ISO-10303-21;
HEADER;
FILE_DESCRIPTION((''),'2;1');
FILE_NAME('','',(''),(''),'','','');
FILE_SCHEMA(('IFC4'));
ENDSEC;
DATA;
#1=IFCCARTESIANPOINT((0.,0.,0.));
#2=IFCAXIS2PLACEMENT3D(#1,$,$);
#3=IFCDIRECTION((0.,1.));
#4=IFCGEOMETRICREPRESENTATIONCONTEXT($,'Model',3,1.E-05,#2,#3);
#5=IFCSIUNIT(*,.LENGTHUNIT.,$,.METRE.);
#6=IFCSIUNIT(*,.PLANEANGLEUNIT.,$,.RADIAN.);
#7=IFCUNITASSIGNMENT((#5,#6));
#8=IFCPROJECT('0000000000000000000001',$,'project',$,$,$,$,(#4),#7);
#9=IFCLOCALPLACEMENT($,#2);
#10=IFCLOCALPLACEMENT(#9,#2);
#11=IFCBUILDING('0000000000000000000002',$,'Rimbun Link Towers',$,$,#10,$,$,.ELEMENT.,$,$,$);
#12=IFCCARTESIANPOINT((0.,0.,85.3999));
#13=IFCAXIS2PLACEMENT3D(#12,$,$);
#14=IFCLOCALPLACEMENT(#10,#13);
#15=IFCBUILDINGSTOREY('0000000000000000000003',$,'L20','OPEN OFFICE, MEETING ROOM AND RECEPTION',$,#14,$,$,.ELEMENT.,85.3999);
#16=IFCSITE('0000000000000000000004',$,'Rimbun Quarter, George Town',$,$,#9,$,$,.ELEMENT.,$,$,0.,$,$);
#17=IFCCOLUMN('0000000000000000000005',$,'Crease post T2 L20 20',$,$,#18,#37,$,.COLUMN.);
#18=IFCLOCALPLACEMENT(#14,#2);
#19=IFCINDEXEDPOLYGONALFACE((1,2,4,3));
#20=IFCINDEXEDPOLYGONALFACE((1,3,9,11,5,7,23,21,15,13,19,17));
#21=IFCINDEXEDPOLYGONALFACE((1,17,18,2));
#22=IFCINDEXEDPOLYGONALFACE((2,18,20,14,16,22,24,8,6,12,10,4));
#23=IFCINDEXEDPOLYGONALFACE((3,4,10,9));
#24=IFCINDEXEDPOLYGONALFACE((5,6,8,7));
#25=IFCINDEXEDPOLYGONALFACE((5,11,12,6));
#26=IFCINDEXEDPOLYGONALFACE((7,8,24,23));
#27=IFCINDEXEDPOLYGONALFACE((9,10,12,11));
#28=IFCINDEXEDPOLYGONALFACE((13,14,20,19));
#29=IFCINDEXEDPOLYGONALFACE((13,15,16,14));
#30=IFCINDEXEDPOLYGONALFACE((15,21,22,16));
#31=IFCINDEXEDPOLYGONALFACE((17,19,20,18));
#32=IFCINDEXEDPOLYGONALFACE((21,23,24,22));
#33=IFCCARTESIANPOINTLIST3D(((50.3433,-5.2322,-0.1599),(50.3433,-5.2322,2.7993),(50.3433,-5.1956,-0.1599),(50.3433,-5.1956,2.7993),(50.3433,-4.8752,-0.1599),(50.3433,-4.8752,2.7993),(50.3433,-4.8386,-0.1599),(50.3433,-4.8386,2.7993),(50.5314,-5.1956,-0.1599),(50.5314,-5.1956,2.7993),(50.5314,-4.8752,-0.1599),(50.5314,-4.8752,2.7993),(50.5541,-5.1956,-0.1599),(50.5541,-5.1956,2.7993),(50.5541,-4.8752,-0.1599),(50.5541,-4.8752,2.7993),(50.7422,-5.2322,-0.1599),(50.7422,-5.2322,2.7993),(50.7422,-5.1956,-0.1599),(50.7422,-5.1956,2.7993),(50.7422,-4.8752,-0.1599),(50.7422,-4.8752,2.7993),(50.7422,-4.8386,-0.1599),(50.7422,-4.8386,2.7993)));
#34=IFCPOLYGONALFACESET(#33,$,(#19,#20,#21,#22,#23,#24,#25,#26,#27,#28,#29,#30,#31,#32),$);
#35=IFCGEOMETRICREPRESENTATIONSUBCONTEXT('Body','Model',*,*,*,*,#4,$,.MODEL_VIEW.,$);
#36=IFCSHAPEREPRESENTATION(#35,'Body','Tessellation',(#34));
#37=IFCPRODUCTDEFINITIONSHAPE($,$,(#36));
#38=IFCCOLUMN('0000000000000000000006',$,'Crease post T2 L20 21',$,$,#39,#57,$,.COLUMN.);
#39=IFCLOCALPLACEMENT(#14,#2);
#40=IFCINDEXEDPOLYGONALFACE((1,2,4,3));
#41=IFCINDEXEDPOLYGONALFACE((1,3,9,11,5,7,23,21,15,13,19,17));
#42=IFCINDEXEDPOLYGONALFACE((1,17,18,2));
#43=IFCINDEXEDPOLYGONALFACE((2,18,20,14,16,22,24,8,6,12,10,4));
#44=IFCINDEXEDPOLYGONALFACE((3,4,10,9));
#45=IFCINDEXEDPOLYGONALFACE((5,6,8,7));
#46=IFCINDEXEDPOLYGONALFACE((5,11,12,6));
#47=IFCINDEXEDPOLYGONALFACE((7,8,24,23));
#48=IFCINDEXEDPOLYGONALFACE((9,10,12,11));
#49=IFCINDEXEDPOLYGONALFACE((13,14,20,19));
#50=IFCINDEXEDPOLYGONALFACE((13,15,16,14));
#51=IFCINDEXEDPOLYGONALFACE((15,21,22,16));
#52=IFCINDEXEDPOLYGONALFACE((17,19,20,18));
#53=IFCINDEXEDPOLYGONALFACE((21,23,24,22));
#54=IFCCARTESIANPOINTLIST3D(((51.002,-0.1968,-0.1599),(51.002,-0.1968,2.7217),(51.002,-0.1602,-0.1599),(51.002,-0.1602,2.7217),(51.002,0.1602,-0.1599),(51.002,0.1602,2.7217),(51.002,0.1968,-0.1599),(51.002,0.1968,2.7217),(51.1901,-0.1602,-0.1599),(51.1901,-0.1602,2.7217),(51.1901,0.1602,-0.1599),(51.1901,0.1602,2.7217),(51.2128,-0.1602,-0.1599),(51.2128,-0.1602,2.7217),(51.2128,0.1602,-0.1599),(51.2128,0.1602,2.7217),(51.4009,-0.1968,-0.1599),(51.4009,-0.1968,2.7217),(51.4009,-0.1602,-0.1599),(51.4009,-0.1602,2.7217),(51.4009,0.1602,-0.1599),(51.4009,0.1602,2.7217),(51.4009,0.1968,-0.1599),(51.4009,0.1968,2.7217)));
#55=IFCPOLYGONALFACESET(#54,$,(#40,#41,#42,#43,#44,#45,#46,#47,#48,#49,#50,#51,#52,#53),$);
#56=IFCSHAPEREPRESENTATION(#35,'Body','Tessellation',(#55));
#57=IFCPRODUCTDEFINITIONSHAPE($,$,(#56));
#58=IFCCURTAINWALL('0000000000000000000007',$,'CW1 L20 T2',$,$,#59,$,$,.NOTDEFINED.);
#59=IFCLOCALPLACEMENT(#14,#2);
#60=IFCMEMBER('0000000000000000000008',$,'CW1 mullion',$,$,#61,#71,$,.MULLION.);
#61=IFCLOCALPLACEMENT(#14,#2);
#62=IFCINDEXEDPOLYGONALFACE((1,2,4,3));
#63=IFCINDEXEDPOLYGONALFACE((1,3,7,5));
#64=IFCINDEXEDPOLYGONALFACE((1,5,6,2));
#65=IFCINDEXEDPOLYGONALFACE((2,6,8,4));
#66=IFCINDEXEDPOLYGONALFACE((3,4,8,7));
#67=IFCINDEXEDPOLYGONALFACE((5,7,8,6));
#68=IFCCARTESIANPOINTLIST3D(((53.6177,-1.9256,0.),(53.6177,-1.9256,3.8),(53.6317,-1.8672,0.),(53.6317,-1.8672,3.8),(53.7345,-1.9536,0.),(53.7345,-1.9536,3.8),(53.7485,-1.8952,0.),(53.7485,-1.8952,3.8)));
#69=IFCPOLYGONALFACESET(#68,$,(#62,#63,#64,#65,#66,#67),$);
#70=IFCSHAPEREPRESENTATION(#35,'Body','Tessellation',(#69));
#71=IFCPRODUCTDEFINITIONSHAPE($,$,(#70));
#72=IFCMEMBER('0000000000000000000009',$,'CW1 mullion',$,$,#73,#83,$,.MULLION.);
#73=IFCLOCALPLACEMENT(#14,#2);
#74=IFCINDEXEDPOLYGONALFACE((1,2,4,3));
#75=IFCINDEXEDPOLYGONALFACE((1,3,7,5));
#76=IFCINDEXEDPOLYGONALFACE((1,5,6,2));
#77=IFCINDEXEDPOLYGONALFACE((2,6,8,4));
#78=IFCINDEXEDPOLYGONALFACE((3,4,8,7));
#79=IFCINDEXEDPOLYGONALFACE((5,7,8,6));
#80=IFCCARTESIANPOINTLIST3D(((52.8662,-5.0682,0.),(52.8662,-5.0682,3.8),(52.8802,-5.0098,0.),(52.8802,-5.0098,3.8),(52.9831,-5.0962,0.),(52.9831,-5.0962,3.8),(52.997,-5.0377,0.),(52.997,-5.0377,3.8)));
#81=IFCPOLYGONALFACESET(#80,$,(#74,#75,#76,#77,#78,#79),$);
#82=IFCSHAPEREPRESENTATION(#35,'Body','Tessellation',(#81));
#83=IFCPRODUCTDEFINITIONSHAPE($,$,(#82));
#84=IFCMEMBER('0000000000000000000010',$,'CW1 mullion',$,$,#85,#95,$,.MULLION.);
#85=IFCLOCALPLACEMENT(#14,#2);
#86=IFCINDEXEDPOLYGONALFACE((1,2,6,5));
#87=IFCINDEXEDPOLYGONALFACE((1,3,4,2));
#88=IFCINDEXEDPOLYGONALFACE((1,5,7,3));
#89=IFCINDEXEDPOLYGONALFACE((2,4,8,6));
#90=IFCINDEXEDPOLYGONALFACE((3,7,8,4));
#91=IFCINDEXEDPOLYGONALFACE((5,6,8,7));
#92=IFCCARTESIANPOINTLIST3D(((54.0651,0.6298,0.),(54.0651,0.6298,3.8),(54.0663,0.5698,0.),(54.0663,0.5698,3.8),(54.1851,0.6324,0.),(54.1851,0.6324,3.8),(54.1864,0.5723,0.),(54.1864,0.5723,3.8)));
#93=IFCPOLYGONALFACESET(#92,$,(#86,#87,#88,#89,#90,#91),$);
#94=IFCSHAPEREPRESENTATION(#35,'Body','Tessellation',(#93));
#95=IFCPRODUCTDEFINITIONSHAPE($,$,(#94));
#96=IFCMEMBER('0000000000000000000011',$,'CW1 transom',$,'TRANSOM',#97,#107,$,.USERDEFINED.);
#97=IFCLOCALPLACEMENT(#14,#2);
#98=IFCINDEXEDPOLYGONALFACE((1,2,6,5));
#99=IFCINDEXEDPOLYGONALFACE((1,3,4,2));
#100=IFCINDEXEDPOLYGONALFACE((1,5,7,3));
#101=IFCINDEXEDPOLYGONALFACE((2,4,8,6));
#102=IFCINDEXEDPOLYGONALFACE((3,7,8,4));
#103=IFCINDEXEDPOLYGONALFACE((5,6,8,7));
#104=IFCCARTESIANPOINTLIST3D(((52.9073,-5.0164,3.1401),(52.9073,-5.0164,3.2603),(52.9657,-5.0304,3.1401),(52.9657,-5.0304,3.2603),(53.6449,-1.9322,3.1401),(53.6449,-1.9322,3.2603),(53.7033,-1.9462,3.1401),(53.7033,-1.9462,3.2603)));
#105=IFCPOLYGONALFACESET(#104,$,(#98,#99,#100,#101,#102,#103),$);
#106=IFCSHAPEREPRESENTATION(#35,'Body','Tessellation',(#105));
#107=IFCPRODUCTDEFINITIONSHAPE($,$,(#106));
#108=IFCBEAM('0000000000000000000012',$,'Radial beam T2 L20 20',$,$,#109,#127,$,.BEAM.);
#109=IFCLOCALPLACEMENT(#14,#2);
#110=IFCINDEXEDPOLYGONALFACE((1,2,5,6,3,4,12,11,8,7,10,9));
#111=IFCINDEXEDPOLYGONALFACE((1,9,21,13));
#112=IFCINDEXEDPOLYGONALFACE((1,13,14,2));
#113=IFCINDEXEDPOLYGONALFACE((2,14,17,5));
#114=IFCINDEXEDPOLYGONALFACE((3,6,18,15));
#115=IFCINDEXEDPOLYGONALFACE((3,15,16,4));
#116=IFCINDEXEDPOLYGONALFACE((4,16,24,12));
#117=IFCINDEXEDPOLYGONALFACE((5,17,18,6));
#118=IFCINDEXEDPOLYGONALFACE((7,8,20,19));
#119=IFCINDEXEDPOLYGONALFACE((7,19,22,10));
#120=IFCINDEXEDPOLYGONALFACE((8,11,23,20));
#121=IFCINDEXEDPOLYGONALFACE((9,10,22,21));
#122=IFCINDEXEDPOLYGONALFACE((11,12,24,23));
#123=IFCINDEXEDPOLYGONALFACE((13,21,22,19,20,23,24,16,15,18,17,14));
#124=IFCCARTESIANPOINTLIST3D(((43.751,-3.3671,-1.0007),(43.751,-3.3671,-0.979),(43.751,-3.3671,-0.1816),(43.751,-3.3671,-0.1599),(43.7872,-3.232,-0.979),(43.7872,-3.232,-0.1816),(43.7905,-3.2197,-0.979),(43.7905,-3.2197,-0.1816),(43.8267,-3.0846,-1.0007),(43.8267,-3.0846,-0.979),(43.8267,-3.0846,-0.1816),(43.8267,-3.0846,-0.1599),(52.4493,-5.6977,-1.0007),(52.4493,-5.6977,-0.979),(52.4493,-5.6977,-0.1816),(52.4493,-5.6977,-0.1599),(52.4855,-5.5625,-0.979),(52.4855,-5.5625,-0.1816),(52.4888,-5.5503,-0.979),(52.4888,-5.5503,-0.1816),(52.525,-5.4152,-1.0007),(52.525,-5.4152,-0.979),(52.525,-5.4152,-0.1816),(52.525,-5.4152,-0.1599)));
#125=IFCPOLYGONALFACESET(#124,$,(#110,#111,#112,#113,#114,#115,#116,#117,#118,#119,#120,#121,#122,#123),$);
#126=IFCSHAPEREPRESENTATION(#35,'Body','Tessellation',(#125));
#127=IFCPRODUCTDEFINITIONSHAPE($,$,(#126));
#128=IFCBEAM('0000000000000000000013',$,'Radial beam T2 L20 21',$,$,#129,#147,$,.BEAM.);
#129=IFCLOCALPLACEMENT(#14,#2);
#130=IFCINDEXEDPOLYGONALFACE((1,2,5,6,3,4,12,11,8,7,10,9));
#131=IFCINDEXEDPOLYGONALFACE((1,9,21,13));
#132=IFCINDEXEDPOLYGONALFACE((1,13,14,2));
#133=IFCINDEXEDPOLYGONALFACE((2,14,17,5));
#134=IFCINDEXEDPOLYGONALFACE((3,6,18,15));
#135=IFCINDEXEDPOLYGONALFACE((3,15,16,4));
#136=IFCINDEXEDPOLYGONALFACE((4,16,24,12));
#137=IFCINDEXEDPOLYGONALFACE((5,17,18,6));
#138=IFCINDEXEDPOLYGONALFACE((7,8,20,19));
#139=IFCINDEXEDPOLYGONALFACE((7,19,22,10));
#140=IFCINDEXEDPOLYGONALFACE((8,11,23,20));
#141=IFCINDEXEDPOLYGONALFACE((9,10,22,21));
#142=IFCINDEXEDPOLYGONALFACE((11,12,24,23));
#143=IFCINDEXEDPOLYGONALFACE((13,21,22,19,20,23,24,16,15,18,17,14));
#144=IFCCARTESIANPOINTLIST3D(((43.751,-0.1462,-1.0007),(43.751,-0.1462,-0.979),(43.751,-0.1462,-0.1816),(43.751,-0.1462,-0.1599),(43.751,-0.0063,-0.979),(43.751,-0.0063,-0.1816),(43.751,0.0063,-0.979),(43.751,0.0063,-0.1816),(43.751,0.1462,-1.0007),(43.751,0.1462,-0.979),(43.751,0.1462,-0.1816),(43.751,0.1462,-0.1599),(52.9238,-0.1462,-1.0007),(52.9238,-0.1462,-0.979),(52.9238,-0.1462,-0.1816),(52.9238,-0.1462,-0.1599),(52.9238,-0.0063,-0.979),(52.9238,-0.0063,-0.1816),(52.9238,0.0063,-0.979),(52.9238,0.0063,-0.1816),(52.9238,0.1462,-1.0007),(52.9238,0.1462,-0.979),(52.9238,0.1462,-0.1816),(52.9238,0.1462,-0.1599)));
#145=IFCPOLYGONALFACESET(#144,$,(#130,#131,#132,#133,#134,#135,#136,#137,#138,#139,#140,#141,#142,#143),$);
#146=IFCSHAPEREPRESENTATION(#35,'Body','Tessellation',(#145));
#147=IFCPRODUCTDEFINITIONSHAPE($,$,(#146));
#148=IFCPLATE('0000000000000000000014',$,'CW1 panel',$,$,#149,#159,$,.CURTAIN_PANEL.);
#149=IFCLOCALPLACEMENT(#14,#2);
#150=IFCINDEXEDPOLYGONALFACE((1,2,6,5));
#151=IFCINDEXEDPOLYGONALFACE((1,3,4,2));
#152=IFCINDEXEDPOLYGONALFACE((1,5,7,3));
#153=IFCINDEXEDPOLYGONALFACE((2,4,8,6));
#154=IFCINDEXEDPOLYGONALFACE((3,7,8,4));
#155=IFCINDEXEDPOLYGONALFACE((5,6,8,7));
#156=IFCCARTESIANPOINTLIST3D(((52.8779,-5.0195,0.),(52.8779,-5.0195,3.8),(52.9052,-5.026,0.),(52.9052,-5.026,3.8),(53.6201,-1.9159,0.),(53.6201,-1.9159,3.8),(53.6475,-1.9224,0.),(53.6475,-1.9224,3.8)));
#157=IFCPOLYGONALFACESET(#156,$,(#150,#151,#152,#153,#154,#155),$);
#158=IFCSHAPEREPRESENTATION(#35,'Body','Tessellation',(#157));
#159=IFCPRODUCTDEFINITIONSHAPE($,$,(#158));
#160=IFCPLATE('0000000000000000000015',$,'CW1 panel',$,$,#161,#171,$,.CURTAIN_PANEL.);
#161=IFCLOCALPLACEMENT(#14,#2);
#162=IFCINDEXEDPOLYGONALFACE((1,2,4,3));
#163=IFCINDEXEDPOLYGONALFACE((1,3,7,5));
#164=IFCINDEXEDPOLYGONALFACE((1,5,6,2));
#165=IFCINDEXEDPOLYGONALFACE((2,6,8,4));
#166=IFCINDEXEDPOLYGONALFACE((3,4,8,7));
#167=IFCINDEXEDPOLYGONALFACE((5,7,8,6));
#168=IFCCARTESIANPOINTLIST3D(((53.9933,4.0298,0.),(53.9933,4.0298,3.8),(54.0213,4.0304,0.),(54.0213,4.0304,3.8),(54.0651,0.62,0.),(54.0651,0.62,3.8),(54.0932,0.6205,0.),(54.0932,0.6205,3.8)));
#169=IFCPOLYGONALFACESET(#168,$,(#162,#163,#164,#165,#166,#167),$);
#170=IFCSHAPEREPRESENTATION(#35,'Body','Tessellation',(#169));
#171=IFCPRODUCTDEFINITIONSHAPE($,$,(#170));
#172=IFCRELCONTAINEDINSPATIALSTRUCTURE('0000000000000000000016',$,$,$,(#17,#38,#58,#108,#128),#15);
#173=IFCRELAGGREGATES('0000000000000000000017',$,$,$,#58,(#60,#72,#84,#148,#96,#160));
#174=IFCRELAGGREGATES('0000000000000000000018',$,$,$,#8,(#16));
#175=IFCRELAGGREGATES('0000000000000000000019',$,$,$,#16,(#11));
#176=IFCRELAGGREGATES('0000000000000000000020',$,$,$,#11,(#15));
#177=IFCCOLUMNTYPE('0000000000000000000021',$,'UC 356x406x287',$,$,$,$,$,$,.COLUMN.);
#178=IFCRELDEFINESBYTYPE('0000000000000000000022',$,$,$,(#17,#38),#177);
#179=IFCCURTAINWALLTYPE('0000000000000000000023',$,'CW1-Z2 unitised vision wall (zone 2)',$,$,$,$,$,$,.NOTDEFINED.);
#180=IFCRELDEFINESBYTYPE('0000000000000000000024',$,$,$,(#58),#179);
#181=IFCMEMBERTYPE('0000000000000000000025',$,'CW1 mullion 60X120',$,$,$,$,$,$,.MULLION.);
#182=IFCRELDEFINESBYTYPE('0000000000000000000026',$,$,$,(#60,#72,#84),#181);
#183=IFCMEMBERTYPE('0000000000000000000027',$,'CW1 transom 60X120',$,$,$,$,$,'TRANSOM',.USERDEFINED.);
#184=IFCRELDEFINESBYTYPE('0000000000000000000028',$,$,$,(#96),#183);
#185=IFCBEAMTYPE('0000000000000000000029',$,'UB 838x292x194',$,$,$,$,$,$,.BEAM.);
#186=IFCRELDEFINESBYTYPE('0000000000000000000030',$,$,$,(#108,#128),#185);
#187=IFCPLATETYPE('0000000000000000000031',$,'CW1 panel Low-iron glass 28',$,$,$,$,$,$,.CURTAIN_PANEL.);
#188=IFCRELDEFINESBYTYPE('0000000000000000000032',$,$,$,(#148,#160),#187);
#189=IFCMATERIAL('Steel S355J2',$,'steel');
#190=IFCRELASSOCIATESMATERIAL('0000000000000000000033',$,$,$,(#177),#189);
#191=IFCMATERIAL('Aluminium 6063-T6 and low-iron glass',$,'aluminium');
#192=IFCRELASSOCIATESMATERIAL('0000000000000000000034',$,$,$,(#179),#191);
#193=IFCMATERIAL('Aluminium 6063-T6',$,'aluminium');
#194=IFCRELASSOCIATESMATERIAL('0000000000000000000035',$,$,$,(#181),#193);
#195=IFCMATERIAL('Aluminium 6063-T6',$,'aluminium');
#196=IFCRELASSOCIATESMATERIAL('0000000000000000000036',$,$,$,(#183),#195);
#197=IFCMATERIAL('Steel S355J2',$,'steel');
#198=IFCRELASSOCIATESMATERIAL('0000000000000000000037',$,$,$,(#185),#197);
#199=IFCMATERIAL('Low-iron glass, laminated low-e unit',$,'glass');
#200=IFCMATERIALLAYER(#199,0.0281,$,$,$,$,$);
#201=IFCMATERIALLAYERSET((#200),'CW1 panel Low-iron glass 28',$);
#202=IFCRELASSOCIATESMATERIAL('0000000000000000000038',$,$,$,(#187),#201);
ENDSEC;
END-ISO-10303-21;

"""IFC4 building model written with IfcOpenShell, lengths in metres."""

from ifc_helpers import new_model, si_unit, direction, frame, origin, origin_2d, place, context, subcontext, project, spatial, rectangle, i_section, extrude, material, layer, layer_set, material_profile, profile_set, type_object, element, aggregate, save


model = new_model("IFC4")

# Units and contexts
model_context = context("Model", 3, precision=1e-05, world=origin(), true_north=direction((0.0, 1.0)))
body_context = subcontext(model_context, "Body", "Model", "MODEL_VIEW")
ifc_project = project(units=[si_unit("LENGTHUNIT", "METRE"), si_unit("PLANEANGLEUNIT", "RADIAN")], contexts=[model_context])

# Site, building, storey
site_placement = place(None, origin())
site = spatial("IfcSite", under=ifc_project, at=site_placement, Name="Rimbun Quarter, George Town", CompositionType="ELEMENT", RefElevation=0.0)
building_placement = place(site_placement, origin())
building = spatial("IfcBuilding", under=site, at=building_placement, Name="Rimbun Link Towers", CompositionType="ELEMENT")
storey_placement = place(building_placement, frame((0.0, 0.0, 85.3999)))
storey = spatial("IfcBuildingStorey", under=building, at=storey_placement, Name="L20", Description="OPEN OFFICE, MEETING ROOM AND RECEPTION", CompositionType="ELEMENT", Elevation=85.3999)

# Columns
ifc_material_1 = material(Name="Steel S355J2", Category="steel")
ifc_material_profile_1 = material_profile(ifc_material_1, i_section(OverallWidth=0.3989, OverallDepth=0.3936, WebThickness=0.0227, FlangeThickness=0.0366, at=origin_2d()), Name="UC 356x406x287")
ifc_profile_set_1 = profile_set([ifc_material_profile_1], Name="Steel S355J2")
column_type = type_object("IfcColumnType", Name="UC 356x406x287", PredefinedType="COLUMN", material=ifc_profile_set_1)
column_1_placement = place(storey_placement, frame((50.5427, -5.0354, -0.1599), z_axis=(0.0, 0.0, 1.0), x_axis=(1.0, 0.0, 0.0)))
element("IfcColumn", 1, at=column_1_placement, inside=storey, type_object=column_type, Name="Crease post T2 L20 20", PredefinedType="COLUMN", context=body_context, shape_type="SweptSolid", body=[
    extrude(i_section(OverallWidth=0.3989, OverallDepth=0.3936, WebThickness=0.0227, FlangeThickness=0.0366, at=origin_2d()), origin(), (0.0, 0.0, 1.0), 2.9592),
])
column_2_placement = place(storey_placement, frame((51.2014, 0.0, -0.1599), z_axis=(0.0, 0.0, 1.0), x_axis=(1.0, 0.0, 0.0)))
element("IfcColumn", 2, at=column_2_placement, inside=storey, type_object=column_type, Name="Crease post T2 L20 21", PredefinedType="COLUMN", context=body_context, shape_type="SweptSolid", body=[
    extrude(i_section(OverallWidth=0.3989, OverallDepth=0.3936, WebThickness=0.0227, FlangeThickness=0.0366, at=origin_2d()), origin(), (0.0, 0.0, 1.0), 2.8816),
])

# Curtain wall, members
ifc_material_2 = material(Name="Aluminium 6063-T6 and low-iron glass", Category="aluminium")
curtain_wall_type = type_object("IfcCurtainWallType", Name="CW1-Z2 unitised vision wall (zone 2)", PredefinedType="NOTDEFINED", material=ifc_material_2)
curtain_wall_placement = place(storey_placement, origin())
curtain_wall = element("IfcCurtainWall", 3, at=curtain_wall_placement, inside=storey, type_object=curtain_wall_type, Name="CW1 L20 T2", PredefinedType="NOTDEFINED")
ifc_material_3 = material(Name="Aluminium 6063-T6", Category="aluminium")
ifc_material_profile_2 = material_profile(ifc_material_3, rectangle(XDim=0.1201, YDim=0.0601, at=origin_2d()), Name="MULLION 60X120")
ifc_profile_set_2 = profile_set([ifc_material_profile_2], Name="Aluminium 6063-T6")
member_type_1 = type_object("IfcMemberType", Name="CW1 mullion 60X120", PredefinedType="MULLION", material=ifc_profile_set_2)
member_1_placement = place(storey_placement, frame((53.6831, -1.9104, 0.0), z_axis=(0.0, 0.0, 1.0), x_axis=(0.972576, -0.232584, 0.0)))
member_1 = element("IfcMember", 4, at=member_1_placement, type_object=member_type_1, Name="CW1 mullion", PredefinedType="MULLION", context=body_context, shape_type="SweptSolid", body=[
    extrude(rectangle(XDim=0.1201, YDim=0.0601, at=origin_2d()), origin(), (0.0, 0.0, 1.0), 3.8),
])
member_2_placement = place(storey_placement, frame((52.9316, -5.053, 0.0), z_axis=(0.0, 0.0, 1.0), x_axis=(0.972576, -0.232584, 0.0)))
member_2 = element("IfcMember", 5, at=member_2_placement, type_object=member_type_1, Name="CW1 mullion", PredefinedType="MULLION", context=body_context, shape_type="SweptSolid", body=[
    extrude(rectangle(XDim=0.1201, YDim=0.0601, at=origin_2d()), origin(), (0.0, 0.0, 1.0), 3.8),
])
member_3_placement = place(storey_placement, frame((54.1257, 0.6011, 0.0), z_axis=(0.0, 0.0, 1.0), x_axis=(0.999778, 0.021057, 0.0)))
member_3 = element("IfcMember", 6, at=member_3_placement, type_object=member_type_1, Name="CW1 mullion", PredefinedType="MULLION", context=body_context, shape_type="SweptSolid", body=[
    extrude(rectangle(XDim=0.1201, YDim=0.0601, at=origin_2d()), origin(), (0.0, 0.0, 1.0), 3.8),
])
ifc_material_4 = material(Name="Aluminium 6063-T6", Category="aluminium")
ifc_material_profile_3 = material_profile(ifc_material_4, rectangle(XDim=0.0601, YDim=0.1201, at=origin_2d()), Name="TRANSOM 60X120")
ifc_profile_set_3 = profile_set([ifc_material_profile_3], Name="Aluminium 6063-T6")
member_type_2 = type_object("IfcMemberType", Name="CW1 transom 60X120", ElementType="TRANSOM", PredefinedType="USERDEFINED", material=ifc_profile_set_3)
member_4_placement = place(storey_placement, frame((53.6741, -1.9392, 3.2002), z_axis=(-0.232578, -0.972578, 0.0), x_axis=(0.972578, -0.232578, 0.0)))
member_4 = element("IfcMember", 7, at=member_4_placement, type_object=member_type_2, Name="CW1 transom", ObjectType="TRANSOM", PredefinedType="USERDEFINED", context=body_context, shape_type="SweptSolid", body=[
    extrude(rectangle(XDim=0.0601, YDim=0.1201, at=origin_2d()), origin(), (0.0, 0.0, 1.0), 3.1711),
])

# Beams
ifc_material_5 = material(Name="Steel S355J2", Category="steel")
ifc_material_profile_4 = material_profile(ifc_material_5, i_section(OverallWidth=0.2925, OverallDepth=0.8408, WebThickness=0.0127, FlangeThickness=0.0217, at=origin_2d()), Name="UB 838x292x194")
ifc_profile_set_4 = profile_set([ifc_material_profile_4], Name="Steel S355J2")
beam_type = type_object("IfcBeamType", Name="UB 838x292x194", PredefinedType="BEAM", material=ifc_profile_set_4)
beam_1_placement = place(storey_placement, frame((43.7888, -3.2258, -0.5803), z_axis=(0.965929, -0.258807, 0.0), x_axis=(0.258807, 0.965929, 0.0)))
element("IfcBeam", 8, at=beam_1_placement, inside=storey, type_object=beam_type, Name="Radial beam T2 L20 20", PredefinedType="BEAM", context=body_context, shape_type="SweptSolid", body=[
    extrude(i_section(OverallWidth=0.2925, OverallDepth=0.8408, WebThickness=0.0127, FlangeThickness=0.0217, at=origin_2d()), origin(), (0.0, 0.0, 1.0), 9.0051),
])
beam_2_placement = place(storey_placement, frame((43.751, 0.0, -0.5803), z_axis=(1.0, 0.0, 0.0), x_axis=(0.0, 1.0, 0.0)))
element("IfcBeam", 9, at=beam_2_placement, inside=storey, type_object=beam_type, Name="Radial beam T2 L20 21", PredefinedType="BEAM", context=body_context, shape_type="SweptSolid", body=[
    extrude(i_section(OverallWidth=0.2925, OverallDepth=0.8408, WebThickness=0.0127, FlangeThickness=0.0217, at=origin_2d()), origin(), (0.0, 0.0, 1.0), 9.1729),
])

# Plates
ifc_material_6 = material(Name="Low-iron glass, laminated low-e unit", Category="glass")
ifc_layer_1 = layer(ifc_material_6, 0.0281)
ifc_layer_set_1 = layer_set([ifc_layer_1], Name="CW1 panel Low-iron glass 28")
plate_type = type_object("IfcPlateType", Name="CW1 panel Low-iron glass 28", PredefinedType="CURTAIN_PANEL", material=ifc_layer_set_1)
plate_1_placement = place(storey_placement, frame((53.2627, -3.4709, 0.0), z_axis=(0.0, 0.0, 1.0), x_axis=(-0.232584, -0.972576, 0.0)))
plate_1 = element("IfcPlate", 10, at=plate_1_placement, type_object=plate_type, Name="CW1 panel", PredefinedType="CURTAIN_PANEL", context=body_context, shape_type="SweptSolid", body=[
    extrude(rectangle(XDim=3.1912, YDim=0.0281, at=origin_2d()), origin(), (0.0, 0.0, 1.0), 3.8),
])
plate_2_placement = place(storey_placement, frame((54.0432, 2.3252, 0.0), z_axis=(0.0, 0.0, 1.0), x_axis=(0.021057, -0.999778, 0.0)))
plate_2 = element("IfcPlate", 11, at=plate_2_placement, type_object=plate_type, Name="CW1 panel", PredefinedType="CURTAIN_PANEL", context=body_context, shape_type="SweptSolid", body=[
    extrude(rectangle(XDim=3.4106, YDim=0.0281, at=origin_2d()), origin(), (0.0, 0.0, 1.0), 3.8),
])
aggregate(curtain_wall, [member_1, member_2, member_3, plate_1, member_4, plate_2])

save(model, "model.ifc")
